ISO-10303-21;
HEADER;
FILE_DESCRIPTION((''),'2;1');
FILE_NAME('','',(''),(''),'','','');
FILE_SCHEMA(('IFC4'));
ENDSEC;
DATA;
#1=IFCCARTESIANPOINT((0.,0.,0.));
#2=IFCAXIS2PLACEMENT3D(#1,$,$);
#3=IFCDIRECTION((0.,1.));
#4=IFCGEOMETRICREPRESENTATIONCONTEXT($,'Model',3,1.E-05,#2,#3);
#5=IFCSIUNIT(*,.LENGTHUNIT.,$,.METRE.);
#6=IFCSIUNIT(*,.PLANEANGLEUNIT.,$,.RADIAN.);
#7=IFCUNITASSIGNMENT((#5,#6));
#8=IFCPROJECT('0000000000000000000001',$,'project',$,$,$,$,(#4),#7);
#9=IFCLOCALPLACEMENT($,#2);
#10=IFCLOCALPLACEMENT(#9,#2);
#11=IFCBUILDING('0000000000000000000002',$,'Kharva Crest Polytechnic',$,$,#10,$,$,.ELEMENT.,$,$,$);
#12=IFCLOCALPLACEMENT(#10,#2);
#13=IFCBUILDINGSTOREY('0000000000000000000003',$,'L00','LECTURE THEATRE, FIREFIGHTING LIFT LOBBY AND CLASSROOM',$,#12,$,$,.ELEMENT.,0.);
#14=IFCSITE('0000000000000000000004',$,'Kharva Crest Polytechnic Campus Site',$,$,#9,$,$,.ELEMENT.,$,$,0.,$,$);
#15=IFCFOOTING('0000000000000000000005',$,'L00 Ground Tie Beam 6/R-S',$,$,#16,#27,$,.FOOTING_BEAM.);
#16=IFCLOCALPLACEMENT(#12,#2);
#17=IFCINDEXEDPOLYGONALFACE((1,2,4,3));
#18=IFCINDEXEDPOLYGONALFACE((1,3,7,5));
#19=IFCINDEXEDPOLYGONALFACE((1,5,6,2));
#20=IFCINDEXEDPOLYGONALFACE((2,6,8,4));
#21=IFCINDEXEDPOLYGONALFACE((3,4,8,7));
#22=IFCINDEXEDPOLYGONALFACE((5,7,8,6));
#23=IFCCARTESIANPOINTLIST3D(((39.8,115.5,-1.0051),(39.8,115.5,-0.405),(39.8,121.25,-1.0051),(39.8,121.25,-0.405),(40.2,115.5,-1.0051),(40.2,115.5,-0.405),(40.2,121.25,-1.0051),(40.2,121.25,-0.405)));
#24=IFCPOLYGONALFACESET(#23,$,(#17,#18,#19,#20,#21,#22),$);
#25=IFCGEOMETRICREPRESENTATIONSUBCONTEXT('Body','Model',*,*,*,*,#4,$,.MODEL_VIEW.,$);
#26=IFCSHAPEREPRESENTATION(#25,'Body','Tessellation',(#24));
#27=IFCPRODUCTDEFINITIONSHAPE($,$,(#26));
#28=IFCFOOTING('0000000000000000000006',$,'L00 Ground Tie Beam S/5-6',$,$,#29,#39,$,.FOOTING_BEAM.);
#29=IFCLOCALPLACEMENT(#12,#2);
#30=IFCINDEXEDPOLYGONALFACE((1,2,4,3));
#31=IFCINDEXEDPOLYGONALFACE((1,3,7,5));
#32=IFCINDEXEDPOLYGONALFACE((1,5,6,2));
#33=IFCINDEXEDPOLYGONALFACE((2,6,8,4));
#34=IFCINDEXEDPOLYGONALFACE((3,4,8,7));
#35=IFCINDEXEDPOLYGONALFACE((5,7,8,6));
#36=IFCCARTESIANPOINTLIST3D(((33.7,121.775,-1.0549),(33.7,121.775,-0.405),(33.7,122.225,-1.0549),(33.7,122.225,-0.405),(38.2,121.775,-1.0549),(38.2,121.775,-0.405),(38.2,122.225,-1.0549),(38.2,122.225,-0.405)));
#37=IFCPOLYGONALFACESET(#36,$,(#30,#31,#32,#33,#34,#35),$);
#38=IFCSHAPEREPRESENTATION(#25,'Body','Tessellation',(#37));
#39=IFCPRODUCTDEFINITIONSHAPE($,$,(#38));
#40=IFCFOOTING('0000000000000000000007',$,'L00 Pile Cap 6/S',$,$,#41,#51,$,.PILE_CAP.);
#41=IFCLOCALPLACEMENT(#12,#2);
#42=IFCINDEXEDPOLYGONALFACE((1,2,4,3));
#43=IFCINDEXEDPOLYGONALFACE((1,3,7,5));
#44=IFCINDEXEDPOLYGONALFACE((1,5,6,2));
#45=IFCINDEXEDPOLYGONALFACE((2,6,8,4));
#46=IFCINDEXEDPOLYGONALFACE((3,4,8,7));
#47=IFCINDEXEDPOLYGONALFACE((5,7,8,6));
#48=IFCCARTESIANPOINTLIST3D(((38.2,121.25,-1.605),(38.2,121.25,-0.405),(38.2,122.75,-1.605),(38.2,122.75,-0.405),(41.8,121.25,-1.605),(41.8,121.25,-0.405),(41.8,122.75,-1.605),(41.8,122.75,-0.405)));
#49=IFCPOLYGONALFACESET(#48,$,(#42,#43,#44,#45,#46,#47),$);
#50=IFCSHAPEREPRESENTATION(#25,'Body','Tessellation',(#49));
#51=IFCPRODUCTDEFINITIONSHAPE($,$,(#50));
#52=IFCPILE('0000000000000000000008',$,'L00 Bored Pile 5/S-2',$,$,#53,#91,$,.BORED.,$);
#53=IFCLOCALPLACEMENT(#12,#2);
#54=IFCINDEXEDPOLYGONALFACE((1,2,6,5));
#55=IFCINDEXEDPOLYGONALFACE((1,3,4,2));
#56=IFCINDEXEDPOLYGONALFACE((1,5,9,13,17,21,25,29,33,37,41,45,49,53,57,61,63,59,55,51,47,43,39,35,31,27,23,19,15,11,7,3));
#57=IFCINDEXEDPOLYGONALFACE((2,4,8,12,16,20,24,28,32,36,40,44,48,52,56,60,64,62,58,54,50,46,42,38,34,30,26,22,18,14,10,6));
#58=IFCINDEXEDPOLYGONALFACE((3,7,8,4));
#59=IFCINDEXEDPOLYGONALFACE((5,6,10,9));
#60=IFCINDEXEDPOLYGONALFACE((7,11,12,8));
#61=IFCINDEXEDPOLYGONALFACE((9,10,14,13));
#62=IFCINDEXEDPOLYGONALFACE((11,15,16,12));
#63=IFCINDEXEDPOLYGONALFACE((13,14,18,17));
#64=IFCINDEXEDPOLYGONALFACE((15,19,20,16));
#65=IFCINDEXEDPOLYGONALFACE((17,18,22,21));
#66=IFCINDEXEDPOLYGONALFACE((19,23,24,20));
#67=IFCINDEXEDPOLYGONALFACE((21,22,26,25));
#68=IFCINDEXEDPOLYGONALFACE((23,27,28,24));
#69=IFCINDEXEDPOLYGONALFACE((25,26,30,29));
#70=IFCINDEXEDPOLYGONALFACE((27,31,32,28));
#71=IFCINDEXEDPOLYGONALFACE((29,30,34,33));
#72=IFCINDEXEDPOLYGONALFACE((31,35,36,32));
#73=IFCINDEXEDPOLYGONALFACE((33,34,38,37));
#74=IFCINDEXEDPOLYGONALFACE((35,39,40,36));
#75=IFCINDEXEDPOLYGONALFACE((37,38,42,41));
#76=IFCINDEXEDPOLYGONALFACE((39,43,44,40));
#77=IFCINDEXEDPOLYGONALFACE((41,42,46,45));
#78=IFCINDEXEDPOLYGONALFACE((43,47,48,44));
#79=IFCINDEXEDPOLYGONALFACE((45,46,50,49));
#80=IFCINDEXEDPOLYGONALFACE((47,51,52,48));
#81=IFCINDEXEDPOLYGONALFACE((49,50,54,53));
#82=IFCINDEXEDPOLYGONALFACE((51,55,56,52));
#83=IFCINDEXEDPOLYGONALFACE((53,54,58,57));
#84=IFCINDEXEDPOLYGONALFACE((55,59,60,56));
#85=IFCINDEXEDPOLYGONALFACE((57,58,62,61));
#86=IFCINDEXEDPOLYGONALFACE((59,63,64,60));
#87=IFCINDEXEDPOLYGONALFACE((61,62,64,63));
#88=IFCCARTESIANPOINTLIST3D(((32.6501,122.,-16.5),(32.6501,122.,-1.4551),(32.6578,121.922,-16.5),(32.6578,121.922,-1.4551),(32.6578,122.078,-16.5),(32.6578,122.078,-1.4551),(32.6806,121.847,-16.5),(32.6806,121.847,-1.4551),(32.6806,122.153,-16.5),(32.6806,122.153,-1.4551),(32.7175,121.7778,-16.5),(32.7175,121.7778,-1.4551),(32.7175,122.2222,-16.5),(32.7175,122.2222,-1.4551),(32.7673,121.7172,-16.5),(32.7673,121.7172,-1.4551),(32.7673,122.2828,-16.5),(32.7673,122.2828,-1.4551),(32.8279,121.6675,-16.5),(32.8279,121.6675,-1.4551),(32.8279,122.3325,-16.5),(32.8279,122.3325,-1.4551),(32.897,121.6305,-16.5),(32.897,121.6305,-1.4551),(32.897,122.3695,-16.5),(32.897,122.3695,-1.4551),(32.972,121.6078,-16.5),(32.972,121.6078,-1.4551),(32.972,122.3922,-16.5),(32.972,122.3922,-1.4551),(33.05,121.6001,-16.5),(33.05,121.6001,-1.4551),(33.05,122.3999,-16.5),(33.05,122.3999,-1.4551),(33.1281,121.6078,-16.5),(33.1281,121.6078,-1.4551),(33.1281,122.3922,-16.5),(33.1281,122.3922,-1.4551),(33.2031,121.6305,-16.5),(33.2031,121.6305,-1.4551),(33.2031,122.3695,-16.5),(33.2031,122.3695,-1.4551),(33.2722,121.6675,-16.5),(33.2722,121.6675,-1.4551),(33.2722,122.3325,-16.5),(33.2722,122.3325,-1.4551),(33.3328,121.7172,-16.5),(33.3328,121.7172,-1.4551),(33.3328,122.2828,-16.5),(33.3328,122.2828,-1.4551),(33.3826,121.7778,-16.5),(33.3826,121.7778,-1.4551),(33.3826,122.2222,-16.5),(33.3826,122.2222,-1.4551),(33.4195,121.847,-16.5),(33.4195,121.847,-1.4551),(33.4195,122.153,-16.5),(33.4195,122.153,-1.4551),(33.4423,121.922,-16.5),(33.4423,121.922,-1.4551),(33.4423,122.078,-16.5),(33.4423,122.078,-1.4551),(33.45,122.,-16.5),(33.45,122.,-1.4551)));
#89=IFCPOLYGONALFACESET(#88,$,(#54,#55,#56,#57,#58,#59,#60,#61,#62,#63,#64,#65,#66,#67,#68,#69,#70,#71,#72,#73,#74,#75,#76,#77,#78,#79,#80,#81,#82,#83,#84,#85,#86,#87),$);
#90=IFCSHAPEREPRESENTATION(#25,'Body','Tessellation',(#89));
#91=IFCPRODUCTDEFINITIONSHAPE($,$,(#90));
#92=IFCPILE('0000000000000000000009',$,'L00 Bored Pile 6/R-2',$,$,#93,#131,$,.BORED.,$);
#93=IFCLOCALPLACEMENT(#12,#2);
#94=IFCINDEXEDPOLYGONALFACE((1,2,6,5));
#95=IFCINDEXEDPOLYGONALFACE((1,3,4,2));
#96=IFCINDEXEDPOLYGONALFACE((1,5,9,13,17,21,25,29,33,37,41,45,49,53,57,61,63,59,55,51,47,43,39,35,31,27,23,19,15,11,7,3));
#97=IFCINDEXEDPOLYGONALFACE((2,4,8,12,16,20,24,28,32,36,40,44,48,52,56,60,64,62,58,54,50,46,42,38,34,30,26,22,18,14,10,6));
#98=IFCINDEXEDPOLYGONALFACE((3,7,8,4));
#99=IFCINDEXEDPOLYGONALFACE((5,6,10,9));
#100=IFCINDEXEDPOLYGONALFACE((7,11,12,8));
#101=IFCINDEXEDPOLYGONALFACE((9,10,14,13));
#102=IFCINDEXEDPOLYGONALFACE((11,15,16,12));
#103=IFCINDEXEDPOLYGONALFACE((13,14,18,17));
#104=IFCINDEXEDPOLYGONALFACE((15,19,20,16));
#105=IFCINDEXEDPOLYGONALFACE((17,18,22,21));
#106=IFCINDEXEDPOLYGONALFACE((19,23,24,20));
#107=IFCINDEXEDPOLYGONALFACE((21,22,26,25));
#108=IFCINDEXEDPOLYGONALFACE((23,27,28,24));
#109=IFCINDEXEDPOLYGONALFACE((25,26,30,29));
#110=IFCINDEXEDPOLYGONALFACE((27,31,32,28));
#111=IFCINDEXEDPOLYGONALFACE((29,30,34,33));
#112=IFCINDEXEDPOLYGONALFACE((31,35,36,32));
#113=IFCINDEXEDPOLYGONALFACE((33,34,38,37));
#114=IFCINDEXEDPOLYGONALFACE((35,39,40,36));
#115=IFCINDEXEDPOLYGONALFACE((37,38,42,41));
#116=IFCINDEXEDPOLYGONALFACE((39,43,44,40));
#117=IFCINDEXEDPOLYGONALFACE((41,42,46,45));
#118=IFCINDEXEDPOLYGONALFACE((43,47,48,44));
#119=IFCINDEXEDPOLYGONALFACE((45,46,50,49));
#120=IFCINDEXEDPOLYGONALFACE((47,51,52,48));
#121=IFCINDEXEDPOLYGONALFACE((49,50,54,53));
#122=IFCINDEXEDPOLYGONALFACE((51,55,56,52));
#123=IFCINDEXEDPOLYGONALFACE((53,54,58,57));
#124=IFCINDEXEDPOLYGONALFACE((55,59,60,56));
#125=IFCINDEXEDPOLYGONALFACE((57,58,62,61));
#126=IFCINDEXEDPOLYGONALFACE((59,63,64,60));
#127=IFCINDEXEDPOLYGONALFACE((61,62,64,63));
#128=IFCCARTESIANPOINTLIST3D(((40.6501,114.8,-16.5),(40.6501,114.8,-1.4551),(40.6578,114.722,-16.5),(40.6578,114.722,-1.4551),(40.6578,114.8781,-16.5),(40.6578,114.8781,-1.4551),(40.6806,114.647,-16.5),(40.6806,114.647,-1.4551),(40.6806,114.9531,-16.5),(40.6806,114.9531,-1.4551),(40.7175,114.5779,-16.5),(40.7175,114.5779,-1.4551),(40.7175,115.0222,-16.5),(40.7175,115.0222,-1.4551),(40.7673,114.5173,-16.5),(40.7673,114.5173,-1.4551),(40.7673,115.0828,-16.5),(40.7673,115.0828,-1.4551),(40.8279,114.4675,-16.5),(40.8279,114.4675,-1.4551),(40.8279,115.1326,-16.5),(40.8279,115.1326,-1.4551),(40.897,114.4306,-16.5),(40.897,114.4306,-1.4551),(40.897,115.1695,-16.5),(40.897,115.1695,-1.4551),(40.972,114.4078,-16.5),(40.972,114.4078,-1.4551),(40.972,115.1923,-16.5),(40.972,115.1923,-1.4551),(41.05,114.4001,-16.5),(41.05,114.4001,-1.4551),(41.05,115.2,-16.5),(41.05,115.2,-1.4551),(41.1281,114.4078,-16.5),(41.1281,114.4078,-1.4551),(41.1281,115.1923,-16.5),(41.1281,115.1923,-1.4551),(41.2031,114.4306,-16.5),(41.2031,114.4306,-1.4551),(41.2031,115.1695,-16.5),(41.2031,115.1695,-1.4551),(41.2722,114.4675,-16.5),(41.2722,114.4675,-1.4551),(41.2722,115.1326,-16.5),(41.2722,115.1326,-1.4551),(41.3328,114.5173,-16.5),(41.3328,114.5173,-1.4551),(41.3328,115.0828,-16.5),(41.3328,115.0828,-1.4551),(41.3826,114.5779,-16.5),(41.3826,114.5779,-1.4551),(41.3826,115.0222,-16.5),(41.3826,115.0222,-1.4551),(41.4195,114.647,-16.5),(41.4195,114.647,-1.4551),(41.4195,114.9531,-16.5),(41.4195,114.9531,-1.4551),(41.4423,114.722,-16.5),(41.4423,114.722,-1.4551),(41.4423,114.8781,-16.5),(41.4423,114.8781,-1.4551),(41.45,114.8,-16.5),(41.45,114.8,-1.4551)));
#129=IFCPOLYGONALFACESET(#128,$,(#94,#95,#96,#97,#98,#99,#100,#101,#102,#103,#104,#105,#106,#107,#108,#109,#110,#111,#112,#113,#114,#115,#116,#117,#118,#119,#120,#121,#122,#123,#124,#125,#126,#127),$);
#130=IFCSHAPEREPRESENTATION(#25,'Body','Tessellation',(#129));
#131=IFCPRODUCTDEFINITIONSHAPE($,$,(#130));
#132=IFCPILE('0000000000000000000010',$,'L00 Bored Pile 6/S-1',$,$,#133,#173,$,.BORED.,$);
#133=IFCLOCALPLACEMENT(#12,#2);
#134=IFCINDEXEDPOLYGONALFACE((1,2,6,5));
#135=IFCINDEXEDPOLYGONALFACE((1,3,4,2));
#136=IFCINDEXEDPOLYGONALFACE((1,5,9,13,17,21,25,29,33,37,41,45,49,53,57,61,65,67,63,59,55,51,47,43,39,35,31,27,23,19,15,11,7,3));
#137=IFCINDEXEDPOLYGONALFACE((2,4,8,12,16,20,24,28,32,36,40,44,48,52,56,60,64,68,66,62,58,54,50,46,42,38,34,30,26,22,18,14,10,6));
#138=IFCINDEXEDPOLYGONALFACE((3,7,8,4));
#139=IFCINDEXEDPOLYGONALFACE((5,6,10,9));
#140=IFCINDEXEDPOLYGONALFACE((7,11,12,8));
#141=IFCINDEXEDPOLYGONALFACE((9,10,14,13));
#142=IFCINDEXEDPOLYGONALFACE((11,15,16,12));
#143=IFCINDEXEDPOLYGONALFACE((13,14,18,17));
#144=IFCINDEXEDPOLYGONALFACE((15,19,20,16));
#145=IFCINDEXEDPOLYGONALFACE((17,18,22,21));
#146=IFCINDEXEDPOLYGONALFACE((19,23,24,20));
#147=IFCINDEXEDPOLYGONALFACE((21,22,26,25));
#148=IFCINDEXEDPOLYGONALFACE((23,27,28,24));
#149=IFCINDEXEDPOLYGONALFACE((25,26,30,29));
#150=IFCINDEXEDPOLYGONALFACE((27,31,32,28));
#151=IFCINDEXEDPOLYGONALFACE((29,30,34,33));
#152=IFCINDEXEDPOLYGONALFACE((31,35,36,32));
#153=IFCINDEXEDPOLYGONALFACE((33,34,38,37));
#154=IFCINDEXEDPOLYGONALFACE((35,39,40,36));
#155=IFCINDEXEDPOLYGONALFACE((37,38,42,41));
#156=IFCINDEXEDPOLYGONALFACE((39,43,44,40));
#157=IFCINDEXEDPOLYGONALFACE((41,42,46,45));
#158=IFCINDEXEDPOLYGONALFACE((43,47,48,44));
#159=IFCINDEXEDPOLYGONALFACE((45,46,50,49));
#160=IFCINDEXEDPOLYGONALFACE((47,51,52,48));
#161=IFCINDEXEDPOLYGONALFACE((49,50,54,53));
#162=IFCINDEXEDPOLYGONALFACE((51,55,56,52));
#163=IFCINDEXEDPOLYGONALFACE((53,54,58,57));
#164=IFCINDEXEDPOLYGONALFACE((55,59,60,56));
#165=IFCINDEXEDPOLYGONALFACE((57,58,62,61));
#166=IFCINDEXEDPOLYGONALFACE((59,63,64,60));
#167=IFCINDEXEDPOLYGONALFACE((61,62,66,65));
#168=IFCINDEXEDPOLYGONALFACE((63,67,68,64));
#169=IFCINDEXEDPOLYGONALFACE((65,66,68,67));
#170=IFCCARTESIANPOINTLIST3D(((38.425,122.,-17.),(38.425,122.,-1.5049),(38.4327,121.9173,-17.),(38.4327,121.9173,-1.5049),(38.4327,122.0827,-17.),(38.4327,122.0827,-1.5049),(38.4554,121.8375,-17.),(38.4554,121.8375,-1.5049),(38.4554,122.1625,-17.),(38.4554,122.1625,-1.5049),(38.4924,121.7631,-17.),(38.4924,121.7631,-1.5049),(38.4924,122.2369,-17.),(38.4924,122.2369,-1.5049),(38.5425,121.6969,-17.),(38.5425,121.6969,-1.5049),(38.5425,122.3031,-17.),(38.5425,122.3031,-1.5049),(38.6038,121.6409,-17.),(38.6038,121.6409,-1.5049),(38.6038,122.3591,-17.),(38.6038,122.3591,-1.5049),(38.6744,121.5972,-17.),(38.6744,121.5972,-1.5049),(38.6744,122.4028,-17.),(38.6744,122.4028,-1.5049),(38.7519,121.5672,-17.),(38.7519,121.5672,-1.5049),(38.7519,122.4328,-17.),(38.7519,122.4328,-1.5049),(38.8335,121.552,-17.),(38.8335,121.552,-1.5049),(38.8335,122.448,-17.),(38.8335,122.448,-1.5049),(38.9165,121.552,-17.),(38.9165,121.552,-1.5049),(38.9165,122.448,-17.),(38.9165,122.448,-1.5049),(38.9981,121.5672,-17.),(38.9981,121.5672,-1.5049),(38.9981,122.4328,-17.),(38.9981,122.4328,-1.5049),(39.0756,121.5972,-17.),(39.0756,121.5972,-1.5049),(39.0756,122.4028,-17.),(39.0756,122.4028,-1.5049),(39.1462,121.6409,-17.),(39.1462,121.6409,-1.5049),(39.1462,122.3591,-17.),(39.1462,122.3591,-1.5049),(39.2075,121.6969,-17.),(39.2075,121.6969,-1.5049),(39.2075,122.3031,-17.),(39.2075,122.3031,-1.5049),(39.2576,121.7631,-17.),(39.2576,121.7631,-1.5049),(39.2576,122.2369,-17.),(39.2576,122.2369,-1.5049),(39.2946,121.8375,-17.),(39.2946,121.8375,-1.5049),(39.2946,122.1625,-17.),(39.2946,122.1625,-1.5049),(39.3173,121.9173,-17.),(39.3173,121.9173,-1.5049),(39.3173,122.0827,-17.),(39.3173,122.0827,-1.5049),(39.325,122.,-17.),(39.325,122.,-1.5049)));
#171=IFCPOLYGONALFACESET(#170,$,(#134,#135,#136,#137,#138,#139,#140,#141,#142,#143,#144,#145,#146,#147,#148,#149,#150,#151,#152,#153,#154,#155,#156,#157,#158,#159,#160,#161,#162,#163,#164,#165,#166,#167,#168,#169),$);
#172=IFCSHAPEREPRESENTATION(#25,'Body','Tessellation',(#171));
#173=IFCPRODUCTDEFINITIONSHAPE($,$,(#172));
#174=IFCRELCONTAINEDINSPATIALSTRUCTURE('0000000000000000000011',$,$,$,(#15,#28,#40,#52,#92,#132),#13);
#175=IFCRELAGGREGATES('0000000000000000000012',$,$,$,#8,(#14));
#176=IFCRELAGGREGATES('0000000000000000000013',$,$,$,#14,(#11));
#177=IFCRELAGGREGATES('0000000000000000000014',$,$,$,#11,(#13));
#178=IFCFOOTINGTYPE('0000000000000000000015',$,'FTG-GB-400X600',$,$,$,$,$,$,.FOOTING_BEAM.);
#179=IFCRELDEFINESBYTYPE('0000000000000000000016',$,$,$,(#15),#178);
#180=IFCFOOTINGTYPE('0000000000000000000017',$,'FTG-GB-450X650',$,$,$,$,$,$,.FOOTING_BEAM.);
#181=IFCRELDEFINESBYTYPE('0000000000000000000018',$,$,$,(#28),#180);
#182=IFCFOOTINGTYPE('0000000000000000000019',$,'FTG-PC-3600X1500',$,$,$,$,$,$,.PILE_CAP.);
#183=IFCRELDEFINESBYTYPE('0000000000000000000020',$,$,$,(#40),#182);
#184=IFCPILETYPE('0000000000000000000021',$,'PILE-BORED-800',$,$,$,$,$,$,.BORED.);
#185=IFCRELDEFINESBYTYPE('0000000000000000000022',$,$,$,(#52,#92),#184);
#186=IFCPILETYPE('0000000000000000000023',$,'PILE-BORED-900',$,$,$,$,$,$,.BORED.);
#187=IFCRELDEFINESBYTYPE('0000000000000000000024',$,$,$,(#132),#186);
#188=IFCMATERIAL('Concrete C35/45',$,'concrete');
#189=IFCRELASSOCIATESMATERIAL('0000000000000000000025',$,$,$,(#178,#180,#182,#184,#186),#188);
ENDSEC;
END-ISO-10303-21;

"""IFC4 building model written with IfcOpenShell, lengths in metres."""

from ifc_helpers import new_model, si_unit, direction, frame, origin, origin_2d, place, context, subcontext, project, spatial, rectangle, circle, extrude, material, material_profile, profile_set, type_object, element, save


model = new_model("IFC4")

# Units and contexts
model_context = context("Model", 3, precision=1e-05, world=origin(), true_north=direction((0.0, 1.0)))
body_context = subcontext(model_context, "Body", "Model", "MODEL_VIEW")
ifc_project = project(units=[si_unit("LENGTHUNIT", "METRE"), si_unit("PLANEANGLEUNIT", "RADIAN")], contexts=[model_context])

# Site, building, storey
site_placement = place(None, origin())
site = spatial("IfcSite", under=ifc_project, at=site_placement, Name="Kharva Crest Polytechnic Campus Site", CompositionType="ELEMENT", RefElevation=0.0)
building_placement = place(site_placement, origin())
building = spatial("IfcBuilding", under=site, at=building_placement, Name="Kharva Crest Polytechnic", CompositionType="ELEMENT")
storey_placement = place(building_placement, origin())
storey = spatial("IfcBuildingStorey", under=building, at=storey_placement, Name="L00", Description="LECTURE THEATRE, FIREFIGHTING LIFT LOBBY AND CLASSROOM", CompositionType="ELEMENT", Elevation=0.0)

# Footings
ifc_material_1 = material(Name="Concrete C35/45", Category="concrete")
footing_type_1 = type_object("IfcFootingType", Name="FTG-GB-400X600", PredefinedType="FOOTING_BEAM", material=ifc_material_1)
footing_1_placement = place(storey_placement, frame((40.0, 118.375, -1.0051), z_axis=(0.0, 0.0, 1.0), x_axis=(0.0, 1.0, 0.0)))
element("IfcFooting", 1, at=footing_1_placement, inside=storey, type_object=footing_type_1, Name="L00 Ground Tie Beam 6/R-S", PredefinedType="FOOTING_BEAM", context=body_context, shape_type="SweptSolid", body=[
    extrude(rectangle(XDim=5.75, YDim=0.3999, at=origin_2d()), origin(), (0.0, 0.0, 1.0), 0.6001),
])
footing_type_2 = type_object("IfcFootingType", Name="FTG-GB-450X650", PredefinedType="FOOTING_BEAM", material=ifc_material_1)
footing_2_placement = place(storey_placement, frame((35.95, 122.0, -1.0549), z_axis=(0.0, 0.0, 1.0), x_axis=(1.0, 0.0, 0.0)))
element("IfcFooting", 2, at=footing_2_placement, inside=storey, type_object=footing_type_2, Name="L00 Ground Tie Beam S/5-6", PredefinedType="FOOTING_BEAM", context=body_context, shape_type="SweptSolid", body=[
    extrude(rectangle(XDim=4.5, YDim=0.45, at=origin_2d()), origin(), (0.0, 0.0, 1.0), 0.6499),
])
footing_type_3 = type_object("IfcFootingType", Name="FTG-PC-3600X1500", PredefinedType="PILE_CAP", material=ifc_material_1)
footing_3_placement = place(storey_placement, frame((40.0, 122.0, -1.605), z_axis=(0.0, 0.0, 1.0), x_axis=(1.0, 0.0, 0.0)))
element("IfcFooting", 3, at=footing_3_placement, inside=storey, type_object=footing_type_3, Name="L00 Pile Cap 6/S", PredefinedType="PILE_CAP", context=body_context, shape_type="SweptSolid", body=[
    extrude(rectangle(XDim=3.6001, YDim=1.5, at=origin_2d()), origin(), (0.0, 0.0, 1.0), 1.2),
])

# Piles
ifc_material_profile_1 = material_profile(ifc_material_1, circle(Radius=0.3999, at=origin_2d()), Name="DIA 800")
ifc_profile_set_1 = profile_set([ifc_material_profile_1], Name="Concrete C35/45")
pile_type_1 = type_object("IfcPileType", Name="PILE-BORED-800", PredefinedType="BORED", material=ifc_profile_set_1)
for number, where, z_axis, x_axis, name in (
    (4, (33.05, 122.0, -1.4551), (0.0, 0.0, -1.0), (1.0, 0.0, 0.0), "L00 Bored Pile 5/S-2"),
    (5, (41.05, 114.8, -1.4551), (0.0, 0.0, -1.0), (1.0, 0.0, 0.0), "L00 Bored Pile 6/R-2"),
):
    element("IfcPile", number, at=place(storey_placement, frame(where, z_axis=z_axis, x_axis=x_axis)), inside=storey, type_object=pile_type_1, Name=name, PredefinedType="BORED", context=body_context, shape_type="SweptSolid", body=[
        extrude(circle(Radius=0.3999, at=origin_2d()), origin(), (0.0, 0.0, 1.0), 15.0449),
    ])
ifc_material_profile_2 = material_profile(ifc_material_1, circle(Radius=0.45, at=origin_2d()), Name="DIA 900")
ifc_profile_set_2 = profile_set([ifc_material_profile_2], Name="Concrete C35/45")
pile_type_2 = type_object("IfcPileType", Name="PILE-BORED-900", PredefinedType="BORED", material=ifc_profile_set_2)
for number, where, z_axis, x_axis, name in (
    (6, (38.875, 122.0, -1.5049), (0.0, 0.0, -1.0), (1.0, 0.0, 0.0), "L00 Bored Pile 6/S-1"),
):
    element("IfcPile", number, at=place(storey_placement, frame(where, z_axis=z_axis, x_axis=x_axis)), inside=storey, type_object=pile_type_2, Name=name, PredefinedType="BORED", context=body_context, shape_type="SweptSolid", body=[
        extrude(circle(Radius=0.45, at=origin_2d()), origin(), (0.0, 0.0, 1.0), 15.4951),
    ])

save(model, "model.ifc")
